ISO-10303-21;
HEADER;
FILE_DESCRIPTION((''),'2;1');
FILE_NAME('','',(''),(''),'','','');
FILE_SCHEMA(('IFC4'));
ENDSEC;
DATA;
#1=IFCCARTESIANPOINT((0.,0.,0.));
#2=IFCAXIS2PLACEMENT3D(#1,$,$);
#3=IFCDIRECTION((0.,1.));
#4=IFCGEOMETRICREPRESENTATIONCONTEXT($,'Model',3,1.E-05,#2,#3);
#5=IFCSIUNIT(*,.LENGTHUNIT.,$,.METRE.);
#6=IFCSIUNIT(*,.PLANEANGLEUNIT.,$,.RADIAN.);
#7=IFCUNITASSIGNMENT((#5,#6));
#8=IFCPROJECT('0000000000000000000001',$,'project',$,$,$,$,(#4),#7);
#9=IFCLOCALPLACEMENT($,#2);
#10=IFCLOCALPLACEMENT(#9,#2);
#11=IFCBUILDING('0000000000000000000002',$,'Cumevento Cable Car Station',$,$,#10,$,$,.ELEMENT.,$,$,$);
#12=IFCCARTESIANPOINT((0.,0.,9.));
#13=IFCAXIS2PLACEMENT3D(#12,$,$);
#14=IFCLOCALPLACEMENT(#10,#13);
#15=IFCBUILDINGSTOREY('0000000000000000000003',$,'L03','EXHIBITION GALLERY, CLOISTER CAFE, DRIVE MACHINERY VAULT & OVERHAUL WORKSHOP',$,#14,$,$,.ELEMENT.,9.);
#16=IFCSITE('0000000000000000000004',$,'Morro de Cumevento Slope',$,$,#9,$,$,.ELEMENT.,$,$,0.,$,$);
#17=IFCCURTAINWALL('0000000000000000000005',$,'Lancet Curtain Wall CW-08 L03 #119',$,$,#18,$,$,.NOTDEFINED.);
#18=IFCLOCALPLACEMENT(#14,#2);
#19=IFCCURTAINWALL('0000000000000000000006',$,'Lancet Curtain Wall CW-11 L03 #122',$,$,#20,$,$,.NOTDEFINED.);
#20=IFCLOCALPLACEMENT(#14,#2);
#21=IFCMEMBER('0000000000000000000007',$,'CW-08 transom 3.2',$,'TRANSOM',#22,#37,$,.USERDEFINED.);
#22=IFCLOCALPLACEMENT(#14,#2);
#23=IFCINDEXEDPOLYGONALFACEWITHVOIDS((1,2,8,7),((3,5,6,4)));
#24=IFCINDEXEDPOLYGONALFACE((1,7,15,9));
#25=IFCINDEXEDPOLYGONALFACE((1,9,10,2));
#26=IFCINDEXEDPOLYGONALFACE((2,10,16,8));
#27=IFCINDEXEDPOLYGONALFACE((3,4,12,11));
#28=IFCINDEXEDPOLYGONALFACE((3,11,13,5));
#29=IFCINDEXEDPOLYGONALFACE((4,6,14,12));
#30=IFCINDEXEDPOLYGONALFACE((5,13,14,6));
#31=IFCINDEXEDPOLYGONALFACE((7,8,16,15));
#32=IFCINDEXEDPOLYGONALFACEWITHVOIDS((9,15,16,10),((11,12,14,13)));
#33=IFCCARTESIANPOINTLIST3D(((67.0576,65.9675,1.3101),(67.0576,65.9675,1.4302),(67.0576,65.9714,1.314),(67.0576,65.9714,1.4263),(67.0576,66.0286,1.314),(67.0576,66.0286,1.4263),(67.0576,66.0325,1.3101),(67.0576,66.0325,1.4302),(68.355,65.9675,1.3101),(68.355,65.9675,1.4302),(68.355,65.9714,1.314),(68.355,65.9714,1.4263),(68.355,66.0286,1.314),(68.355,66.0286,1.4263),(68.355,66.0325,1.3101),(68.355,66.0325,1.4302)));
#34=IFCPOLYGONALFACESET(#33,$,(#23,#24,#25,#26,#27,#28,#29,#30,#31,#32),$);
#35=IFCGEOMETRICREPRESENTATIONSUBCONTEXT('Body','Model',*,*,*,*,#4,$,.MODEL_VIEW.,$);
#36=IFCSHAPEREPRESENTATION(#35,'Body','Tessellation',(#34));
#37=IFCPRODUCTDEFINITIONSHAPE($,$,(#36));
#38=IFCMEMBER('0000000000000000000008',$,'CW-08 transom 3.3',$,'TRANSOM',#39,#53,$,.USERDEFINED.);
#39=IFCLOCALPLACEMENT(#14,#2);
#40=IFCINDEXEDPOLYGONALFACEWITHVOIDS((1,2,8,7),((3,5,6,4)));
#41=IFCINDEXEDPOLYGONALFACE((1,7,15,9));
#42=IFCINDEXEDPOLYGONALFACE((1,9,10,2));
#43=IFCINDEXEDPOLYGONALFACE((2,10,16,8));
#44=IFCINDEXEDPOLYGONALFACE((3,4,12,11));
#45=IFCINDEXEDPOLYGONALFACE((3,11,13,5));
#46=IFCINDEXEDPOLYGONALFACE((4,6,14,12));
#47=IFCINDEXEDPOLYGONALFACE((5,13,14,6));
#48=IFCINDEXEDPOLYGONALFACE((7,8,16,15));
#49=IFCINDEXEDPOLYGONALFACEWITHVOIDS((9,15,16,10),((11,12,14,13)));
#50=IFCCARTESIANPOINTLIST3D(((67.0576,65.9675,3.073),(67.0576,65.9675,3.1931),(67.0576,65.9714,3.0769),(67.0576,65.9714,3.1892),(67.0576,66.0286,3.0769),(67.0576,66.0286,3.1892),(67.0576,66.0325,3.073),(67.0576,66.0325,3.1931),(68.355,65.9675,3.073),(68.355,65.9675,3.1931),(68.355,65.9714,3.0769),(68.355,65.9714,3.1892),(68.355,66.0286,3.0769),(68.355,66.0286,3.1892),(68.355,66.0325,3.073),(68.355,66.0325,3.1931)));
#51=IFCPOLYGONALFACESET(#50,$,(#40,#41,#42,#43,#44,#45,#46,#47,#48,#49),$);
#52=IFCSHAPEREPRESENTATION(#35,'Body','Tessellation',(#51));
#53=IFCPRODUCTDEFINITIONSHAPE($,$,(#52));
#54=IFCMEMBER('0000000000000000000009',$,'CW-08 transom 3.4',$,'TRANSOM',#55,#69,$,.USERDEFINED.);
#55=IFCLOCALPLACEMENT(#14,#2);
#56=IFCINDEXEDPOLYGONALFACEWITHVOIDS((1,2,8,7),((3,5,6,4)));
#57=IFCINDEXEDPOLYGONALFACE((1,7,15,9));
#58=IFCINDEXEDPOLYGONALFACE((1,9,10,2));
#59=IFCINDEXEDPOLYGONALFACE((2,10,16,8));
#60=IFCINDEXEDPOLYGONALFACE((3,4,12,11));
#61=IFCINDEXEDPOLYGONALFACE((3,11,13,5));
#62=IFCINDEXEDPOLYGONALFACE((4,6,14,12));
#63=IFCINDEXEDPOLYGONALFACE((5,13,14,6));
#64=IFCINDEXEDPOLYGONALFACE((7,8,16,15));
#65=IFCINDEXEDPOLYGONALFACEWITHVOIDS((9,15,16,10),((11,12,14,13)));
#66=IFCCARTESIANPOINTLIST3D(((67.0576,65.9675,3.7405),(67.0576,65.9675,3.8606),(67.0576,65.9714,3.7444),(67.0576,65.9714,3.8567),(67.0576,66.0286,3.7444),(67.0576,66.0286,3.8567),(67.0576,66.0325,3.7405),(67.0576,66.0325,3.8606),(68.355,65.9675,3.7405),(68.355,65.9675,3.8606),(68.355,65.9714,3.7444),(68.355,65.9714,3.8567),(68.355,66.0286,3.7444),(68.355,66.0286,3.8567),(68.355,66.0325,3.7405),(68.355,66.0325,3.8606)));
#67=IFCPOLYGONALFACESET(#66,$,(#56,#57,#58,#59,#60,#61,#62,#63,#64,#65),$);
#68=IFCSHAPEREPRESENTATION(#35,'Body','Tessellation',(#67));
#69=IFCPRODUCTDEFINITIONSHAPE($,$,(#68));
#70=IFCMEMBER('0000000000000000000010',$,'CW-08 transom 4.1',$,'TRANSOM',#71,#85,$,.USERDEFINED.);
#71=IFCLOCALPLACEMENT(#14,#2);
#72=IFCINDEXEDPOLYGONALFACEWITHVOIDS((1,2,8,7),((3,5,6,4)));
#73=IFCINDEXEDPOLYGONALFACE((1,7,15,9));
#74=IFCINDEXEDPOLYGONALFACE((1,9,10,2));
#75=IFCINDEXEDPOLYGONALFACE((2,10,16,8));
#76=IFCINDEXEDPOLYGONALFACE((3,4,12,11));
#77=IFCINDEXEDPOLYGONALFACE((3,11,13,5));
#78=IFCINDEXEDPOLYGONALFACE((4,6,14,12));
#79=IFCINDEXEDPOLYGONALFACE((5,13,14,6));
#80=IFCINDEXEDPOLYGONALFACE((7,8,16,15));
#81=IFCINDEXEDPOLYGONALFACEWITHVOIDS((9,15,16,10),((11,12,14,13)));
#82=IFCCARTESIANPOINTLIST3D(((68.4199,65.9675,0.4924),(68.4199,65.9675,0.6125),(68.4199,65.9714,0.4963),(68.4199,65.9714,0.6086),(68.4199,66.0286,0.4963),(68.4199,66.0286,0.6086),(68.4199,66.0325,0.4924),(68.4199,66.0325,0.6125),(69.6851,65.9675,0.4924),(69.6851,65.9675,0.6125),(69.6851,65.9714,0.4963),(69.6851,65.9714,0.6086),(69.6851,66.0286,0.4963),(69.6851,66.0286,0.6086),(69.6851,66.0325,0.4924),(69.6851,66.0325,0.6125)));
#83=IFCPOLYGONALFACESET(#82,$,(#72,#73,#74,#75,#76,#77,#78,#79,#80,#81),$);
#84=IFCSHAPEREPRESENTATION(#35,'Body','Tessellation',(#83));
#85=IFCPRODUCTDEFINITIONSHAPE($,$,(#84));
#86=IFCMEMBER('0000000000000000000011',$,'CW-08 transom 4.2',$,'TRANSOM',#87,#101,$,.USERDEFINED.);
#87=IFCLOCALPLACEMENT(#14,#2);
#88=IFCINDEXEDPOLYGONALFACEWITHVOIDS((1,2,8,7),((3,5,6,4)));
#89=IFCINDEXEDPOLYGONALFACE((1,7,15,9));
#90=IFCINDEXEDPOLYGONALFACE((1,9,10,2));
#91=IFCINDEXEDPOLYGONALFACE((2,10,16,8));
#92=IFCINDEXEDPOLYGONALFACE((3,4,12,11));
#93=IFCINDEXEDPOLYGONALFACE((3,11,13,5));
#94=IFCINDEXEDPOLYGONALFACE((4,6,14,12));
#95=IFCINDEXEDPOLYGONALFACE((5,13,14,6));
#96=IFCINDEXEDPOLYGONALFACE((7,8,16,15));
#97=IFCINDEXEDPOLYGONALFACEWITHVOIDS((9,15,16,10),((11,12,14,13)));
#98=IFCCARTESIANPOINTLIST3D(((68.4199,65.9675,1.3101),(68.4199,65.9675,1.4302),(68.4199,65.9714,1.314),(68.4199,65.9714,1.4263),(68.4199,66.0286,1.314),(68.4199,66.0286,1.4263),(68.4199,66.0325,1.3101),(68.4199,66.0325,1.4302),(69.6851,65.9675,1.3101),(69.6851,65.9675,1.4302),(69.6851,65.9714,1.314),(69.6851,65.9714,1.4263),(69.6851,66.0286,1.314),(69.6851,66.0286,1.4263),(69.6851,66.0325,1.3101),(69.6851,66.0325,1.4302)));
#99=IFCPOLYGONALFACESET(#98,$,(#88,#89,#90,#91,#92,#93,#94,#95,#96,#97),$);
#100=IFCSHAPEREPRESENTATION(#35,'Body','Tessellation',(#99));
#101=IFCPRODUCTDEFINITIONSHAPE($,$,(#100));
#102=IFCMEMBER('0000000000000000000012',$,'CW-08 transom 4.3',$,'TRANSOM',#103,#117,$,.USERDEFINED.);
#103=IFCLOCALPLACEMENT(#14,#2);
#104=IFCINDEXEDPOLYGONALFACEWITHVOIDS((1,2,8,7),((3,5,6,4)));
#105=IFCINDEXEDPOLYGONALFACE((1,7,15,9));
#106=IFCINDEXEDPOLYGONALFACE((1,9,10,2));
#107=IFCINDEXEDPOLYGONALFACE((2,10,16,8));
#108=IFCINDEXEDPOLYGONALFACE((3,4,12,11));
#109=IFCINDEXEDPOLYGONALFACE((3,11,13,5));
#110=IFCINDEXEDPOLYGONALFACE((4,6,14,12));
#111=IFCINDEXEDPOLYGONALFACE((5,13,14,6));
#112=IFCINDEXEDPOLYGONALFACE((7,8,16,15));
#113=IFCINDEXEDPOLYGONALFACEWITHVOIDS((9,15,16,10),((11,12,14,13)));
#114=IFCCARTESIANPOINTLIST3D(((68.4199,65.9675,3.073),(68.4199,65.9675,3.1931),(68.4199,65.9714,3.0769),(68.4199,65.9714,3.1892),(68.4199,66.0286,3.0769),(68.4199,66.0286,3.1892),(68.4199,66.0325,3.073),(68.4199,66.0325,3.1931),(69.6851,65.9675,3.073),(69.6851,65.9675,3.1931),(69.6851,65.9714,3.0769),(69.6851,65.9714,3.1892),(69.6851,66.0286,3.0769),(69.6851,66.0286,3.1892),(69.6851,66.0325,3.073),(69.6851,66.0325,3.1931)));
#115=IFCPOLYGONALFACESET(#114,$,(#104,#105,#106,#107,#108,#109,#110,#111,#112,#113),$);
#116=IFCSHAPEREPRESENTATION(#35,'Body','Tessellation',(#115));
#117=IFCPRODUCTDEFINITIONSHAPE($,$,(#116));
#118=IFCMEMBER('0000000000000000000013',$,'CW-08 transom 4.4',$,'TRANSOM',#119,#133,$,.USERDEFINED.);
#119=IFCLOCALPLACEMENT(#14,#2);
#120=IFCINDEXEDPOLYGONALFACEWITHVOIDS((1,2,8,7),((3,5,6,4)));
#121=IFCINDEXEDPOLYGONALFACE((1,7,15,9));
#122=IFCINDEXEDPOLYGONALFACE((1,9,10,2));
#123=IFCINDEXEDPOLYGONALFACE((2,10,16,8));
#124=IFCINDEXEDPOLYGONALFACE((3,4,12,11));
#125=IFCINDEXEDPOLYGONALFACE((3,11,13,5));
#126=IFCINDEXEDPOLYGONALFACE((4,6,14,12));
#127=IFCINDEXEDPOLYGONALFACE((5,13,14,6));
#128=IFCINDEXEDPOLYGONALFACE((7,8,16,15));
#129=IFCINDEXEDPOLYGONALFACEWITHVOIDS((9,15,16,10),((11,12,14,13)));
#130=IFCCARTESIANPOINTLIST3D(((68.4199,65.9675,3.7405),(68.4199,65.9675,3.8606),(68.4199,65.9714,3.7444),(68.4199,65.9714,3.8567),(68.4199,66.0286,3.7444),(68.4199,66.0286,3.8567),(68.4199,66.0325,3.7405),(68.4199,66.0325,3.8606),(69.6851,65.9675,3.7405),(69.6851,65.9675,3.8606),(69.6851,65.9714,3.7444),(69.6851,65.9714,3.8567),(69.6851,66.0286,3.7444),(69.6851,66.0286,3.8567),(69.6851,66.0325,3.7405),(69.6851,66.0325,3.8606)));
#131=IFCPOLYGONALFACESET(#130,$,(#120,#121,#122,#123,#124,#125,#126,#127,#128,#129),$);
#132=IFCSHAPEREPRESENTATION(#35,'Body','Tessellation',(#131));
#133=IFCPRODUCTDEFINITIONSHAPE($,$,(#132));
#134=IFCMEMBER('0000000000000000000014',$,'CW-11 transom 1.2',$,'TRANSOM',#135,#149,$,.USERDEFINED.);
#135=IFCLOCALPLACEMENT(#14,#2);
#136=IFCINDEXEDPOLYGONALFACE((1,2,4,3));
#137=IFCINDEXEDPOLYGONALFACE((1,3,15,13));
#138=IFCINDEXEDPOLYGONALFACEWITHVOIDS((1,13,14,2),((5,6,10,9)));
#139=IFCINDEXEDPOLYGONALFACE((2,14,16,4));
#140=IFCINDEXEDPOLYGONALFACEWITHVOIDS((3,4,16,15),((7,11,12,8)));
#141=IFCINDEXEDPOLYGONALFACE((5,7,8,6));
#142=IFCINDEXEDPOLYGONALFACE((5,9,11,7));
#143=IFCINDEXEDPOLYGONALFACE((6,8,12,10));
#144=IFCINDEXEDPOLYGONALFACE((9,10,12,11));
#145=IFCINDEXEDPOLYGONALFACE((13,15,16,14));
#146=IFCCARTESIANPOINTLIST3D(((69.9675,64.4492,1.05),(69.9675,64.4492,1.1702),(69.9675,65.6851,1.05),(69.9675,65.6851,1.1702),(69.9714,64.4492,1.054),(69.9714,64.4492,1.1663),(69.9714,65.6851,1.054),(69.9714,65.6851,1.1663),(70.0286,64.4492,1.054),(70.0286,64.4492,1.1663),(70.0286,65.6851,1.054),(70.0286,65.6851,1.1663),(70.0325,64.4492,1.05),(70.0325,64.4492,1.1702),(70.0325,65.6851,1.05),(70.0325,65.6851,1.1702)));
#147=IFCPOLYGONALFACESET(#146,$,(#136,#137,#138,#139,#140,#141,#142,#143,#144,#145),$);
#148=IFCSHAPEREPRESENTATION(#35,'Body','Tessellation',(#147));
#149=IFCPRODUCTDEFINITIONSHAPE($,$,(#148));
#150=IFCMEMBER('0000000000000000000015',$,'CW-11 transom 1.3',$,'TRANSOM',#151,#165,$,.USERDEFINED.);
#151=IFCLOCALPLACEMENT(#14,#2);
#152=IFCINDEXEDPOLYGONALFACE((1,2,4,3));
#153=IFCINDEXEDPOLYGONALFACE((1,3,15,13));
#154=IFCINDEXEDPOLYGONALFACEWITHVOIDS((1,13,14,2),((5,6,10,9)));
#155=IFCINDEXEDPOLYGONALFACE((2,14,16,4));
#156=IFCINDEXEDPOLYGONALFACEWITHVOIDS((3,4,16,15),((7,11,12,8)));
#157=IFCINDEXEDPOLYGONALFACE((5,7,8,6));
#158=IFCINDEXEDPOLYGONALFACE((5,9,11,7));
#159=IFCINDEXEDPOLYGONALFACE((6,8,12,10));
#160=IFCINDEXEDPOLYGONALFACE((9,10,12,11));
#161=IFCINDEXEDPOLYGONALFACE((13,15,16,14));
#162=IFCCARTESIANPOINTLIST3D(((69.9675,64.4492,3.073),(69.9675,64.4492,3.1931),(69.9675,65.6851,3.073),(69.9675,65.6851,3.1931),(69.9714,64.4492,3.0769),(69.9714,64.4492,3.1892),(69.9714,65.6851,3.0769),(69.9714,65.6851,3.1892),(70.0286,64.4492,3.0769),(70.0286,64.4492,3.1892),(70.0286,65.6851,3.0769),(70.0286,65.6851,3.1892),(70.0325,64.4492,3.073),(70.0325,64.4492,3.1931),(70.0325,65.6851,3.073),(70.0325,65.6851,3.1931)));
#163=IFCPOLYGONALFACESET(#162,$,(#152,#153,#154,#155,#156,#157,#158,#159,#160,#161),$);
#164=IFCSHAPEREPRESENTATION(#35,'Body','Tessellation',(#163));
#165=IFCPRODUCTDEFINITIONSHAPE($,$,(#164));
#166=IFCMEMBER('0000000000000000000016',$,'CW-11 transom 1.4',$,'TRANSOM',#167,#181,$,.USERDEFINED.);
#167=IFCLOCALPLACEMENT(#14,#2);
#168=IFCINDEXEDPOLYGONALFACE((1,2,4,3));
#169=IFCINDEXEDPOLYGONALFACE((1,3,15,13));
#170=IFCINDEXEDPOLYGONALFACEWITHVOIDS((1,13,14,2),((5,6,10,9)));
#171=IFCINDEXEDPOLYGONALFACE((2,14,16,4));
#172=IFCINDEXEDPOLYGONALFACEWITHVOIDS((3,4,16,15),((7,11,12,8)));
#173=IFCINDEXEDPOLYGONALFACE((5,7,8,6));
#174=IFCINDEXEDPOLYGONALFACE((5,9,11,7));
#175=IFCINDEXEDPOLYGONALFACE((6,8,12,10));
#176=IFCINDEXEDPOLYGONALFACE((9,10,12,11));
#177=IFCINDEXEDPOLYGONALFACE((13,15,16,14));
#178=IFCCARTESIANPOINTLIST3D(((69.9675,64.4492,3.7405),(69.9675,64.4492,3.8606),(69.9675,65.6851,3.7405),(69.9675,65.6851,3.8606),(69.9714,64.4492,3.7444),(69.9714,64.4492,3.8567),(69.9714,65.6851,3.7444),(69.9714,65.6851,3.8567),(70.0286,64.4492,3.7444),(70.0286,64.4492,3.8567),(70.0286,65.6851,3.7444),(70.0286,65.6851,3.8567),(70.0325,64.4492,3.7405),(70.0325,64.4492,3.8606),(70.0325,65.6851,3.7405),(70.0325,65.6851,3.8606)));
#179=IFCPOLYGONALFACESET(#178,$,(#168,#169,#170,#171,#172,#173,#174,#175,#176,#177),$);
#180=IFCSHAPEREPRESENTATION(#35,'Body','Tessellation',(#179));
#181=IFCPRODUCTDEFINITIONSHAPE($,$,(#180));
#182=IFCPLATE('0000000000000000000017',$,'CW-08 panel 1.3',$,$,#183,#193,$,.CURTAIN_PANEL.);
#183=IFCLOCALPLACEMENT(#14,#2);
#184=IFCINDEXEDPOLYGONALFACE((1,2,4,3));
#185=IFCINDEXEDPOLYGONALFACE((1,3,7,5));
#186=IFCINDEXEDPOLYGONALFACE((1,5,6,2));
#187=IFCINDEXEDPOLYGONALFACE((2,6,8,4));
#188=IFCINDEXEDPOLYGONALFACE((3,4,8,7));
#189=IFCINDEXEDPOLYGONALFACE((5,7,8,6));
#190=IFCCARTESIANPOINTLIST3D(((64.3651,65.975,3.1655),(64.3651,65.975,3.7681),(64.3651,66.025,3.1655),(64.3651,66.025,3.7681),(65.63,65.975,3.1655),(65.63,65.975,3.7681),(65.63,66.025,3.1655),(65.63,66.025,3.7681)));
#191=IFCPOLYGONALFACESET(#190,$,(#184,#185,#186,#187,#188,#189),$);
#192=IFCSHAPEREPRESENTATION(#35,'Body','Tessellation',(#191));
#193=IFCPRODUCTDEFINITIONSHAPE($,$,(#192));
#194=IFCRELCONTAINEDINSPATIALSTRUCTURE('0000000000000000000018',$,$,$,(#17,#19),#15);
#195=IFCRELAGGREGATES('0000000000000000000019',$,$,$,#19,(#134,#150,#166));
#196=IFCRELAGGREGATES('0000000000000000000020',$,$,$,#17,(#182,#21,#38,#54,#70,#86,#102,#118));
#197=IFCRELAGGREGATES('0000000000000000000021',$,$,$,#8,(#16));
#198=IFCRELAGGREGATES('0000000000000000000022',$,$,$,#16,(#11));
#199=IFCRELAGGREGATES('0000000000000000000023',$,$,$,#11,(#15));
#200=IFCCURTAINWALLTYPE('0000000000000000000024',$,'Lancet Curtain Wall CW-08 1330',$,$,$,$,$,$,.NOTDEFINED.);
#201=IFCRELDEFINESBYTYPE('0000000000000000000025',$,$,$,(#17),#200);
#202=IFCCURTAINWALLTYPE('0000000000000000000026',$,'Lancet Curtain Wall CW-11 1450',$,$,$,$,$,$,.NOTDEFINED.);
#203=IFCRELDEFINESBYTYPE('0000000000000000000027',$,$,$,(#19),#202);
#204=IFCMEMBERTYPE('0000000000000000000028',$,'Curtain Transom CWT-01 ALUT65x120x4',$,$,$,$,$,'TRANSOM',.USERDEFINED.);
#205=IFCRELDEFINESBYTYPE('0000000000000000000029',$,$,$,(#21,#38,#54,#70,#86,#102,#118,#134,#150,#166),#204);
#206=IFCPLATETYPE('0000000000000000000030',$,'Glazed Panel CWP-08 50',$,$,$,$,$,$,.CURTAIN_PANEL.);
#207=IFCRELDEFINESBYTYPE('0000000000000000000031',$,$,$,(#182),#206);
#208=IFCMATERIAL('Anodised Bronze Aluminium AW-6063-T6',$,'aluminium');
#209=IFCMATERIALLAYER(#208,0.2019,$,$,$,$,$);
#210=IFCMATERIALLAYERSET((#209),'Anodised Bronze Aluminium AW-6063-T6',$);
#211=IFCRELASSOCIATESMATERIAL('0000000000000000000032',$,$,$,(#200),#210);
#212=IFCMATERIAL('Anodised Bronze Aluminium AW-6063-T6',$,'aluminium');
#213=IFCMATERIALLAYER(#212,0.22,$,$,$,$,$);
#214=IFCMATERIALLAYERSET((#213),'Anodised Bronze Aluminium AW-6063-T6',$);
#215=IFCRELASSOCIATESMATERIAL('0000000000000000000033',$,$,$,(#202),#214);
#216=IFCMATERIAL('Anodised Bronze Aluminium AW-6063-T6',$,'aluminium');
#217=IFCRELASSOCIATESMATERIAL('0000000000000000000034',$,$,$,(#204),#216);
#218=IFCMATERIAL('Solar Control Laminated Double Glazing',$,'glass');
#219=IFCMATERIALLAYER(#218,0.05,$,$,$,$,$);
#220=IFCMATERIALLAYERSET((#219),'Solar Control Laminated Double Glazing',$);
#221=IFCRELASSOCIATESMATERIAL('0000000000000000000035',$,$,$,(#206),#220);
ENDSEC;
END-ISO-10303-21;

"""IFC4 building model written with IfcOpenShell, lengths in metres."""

from ifc_helpers import new_model, si_unit, direction, frame, origin, origin_2d, place, context, subcontext, project, spatial, rectangle, hollow_rectangle, extrude, material, layer, layer_set, material_profile, profile_set, type_object, element, aggregate, save


model = new_model("IFC4")

# Units and contexts
model_context = context("Model", 3, precision=1e-05, world=origin(), true_north=direction((0.0, 1.0)))
body_context = subcontext(model_context, "Body", "Model", "MODEL_VIEW")
ifc_project = project(units=[si_unit("LENGTHUNIT", "METRE"), si_unit("PLANEANGLEUNIT", "RADIAN")], contexts=[model_context])

# Site, building, storey
site_placement = place(None, origin())
site = spatial("IfcSite", under=ifc_project, at=site_placement, Name="Morro de Cumevento Slope", CompositionType="ELEMENT", RefElevation=0.0)
building_placement = place(site_placement, origin())
building = spatial("IfcBuilding", under=site, at=building_placement, Name="Cumevento Cable Car Station", CompositionType="ELEMENT")
storey_placement = place(building_placement, frame((0.0, 0.0, 9.0)))
storey = spatial("IfcBuildingStorey", under=building, at=storey_placement, Name="L03", Description="EXHIBITION GALLERY, CLOISTER CAFE, DRIVE MACHINERY VAULT & OVERHAUL WORKSHOP", CompositionType="ELEMENT", Elevation=9.0)

# Curtain wall
ifc_material_1 = material(Name="Anodised Bronze Aluminium AW-6063-T6", Category="aluminium")
ifc_layer_1 = layer(ifc_material_1, 0.2019)
ifc_layer_set_1 = layer_set([ifc_layer_1], Name="Anodised Bronze Aluminium AW-6063-T6")
curtain_wall_type_1 = type_object("IfcCurtainWallType", Name="Lancet Curtain Wall CW-08 1330", PredefinedType="NOTDEFINED", material=ifc_layer_set_1)
curtain_wall_1_placement = place(storey_placement, origin())
curtain_wall_1 = element("IfcCurtainWall", 1, at=curtain_wall_1_placement, inside=storey, type_object=curtain_wall_type_1, Name="Lancet Curtain Wall CW-08 L03 #119", PredefinedType="NOTDEFINED")

# Curtain wall
ifc_material_2 = material(Name="Anodised Bronze Aluminium AW-6063-T6", Category="aluminium")
ifc_layer_2 = layer(ifc_material_2, 0.22)
ifc_layer_set_2 = layer_set([ifc_layer_2], Name="Anodised Bronze Aluminium AW-6063-T6")
curtain_wall_type_2 = type_object("IfcCurtainWallType", Name="Lancet Curtain Wall CW-11 1450", PredefinedType="NOTDEFINED", material=ifc_layer_set_2)
curtain_wall_2_placement = place(storey_placement, origin())
curtain_wall_2 = element("IfcCurtainWall", 2, at=curtain_wall_2_placement, inside=storey, type_object=curtain_wall_type_2, Name="Lancet Curtain Wall CW-11 L03 #122", PredefinedType="NOTDEFINED")

# Members
ifc_material_3 = material(Name="Anodised Bronze Aluminium AW-6063-T6", Category="aluminium")
ifc_material_profile_1 = material_profile(ifc_material_3, hollow_rectangle(XDim=0.0649, YDim=0.1201, WallThickness=0.0039, at=origin_2d()), Name="ALUT65x120x4")
ifc_profile_set_1 = profile_set([ifc_material_profile_1], Name="Anodised Bronze Aluminium AW-6063-T6")
member_type_1 = type_object("IfcMemberType", Name="Curtain Transom CWT-01 ALUT65x120x4", ElementType="TRANSOM", PredefinedType="USERDEFINED", material=ifc_profile_set_1)
member_1_placement = place(storey_placement, frame((67.0576, 66.0, 1.3701), z_axis=(1.0, 0.0, 0.0), x_axis=(0.0, 1.0, 0.0)))
member_1 = element("IfcMember", 3, at=member_1_placement, type_object=member_type_1, Name="CW-08 transom 3.2", ObjectType="TRANSOM", PredefinedType="USERDEFINED", context=body_context, shape_type="SweptSolid", body=[
    extrude(hollow_rectangle(XDim=0.0649, YDim=0.1201, WallThickness=0.0039, at=origin_2d()), origin(), (0.0, 0.0, 1.0), 1.2974),
])
member_2_placement = place(storey_placement, frame((67.0576, 66.0, 3.1331), z_axis=(1.0, 0.0, 0.0), x_axis=(0.0, 1.0, 0.0)))
member_2 = element("IfcMember", 4, at=member_2_placement, type_object=member_type_1, Name="CW-08 transom 3.3", ObjectType="TRANSOM", PredefinedType="USERDEFINED", context=body_context, shape_type="SweptSolid", body=[
    extrude(hollow_rectangle(XDim=0.0649, YDim=0.1201, WallThickness=0.0039, at=origin_2d()), origin(), (0.0, 0.0, 1.0), 1.2974),
])
member_3_placement = place(storey_placement, frame((67.0576, 66.0, 3.8005), z_axis=(1.0, 0.0, 0.0), x_axis=(0.0, 1.0, 0.0)))
member_3 = element("IfcMember", 5, at=member_3_placement, type_object=member_type_1, Name="CW-08 transom 3.4", ObjectType="TRANSOM", PredefinedType="USERDEFINED", context=body_context, shape_type="SweptSolid", body=[
    extrude(hollow_rectangle(XDim=0.0649, YDim=0.1201, WallThickness=0.0039, at=origin_2d()), origin(), (0.0, 0.0, 1.0), 1.2974),
])
member_4_placement = place(storey_placement, frame((68.4199, 66.0, 0.5525), z_axis=(1.0, 0.0, 0.0), x_axis=(0.0, 1.0, 0.0)))
member_4 = element("IfcMember", 6, at=member_4_placement, type_object=member_type_1, Name="CW-08 transom 4.1", ObjectType="TRANSOM", PredefinedType="USERDEFINED", context=body_context, shape_type="SweptSolid", body=[
    extrude(hollow_rectangle(XDim=0.0649, YDim=0.1201, WallThickness=0.0039, at=origin_2d()), origin(), (0.0, 0.0, 1.0), 1.2651),
])
member_5_placement = place(storey_placement, frame((68.4199, 66.0, 1.3701), z_axis=(1.0, 0.0, 0.0), x_axis=(0.0, 1.0, 0.0)))
member_5 = element("IfcMember", 7, at=member_5_placement, type_object=member_type_1, Name="CW-08 transom 4.2", ObjectType="TRANSOM", PredefinedType="USERDEFINED", context=body_context, shape_type="SweptSolid", body=[
    extrude(hollow_rectangle(XDim=0.0649, YDim=0.1201, WallThickness=0.0039, at=origin_2d()), origin(), (0.0, 0.0, 1.0), 1.2651),
])
member_6_placement = place(storey_placement, frame((68.4199, 66.0, 3.1331), z_axis=(1.0, 0.0, 0.0), x_axis=(0.0, 1.0, 0.0)))
member_6 = element("IfcMember", 8, at=member_6_placement, type_object=member_type_1, Name="CW-08 transom 4.3", ObjectType="TRANSOM", PredefinedType="USERDEFINED", context=body_context, shape_type="SweptSolid", body=[
    extrude(hollow_rectangle(XDim=0.0649, YDim=0.1201, WallThickness=0.0039, at=origin_2d()), origin(), (0.0, 0.0, 1.0), 1.2651),
])
member_7_placement = place(storey_placement, frame((68.4199, 66.0, 3.8005), z_axis=(1.0, 0.0, 0.0), x_axis=(0.0, 1.0, 0.0)))
member_7 = element("IfcMember", 9, at=member_7_placement, type_object=member_type_1, Name="CW-08 transom 4.4", ObjectType="TRANSOM", PredefinedType="USERDEFINED", context=body_context, shape_type="SweptSolid", body=[
    extrude(hollow_rectangle(XDim=0.0649, YDim=0.1201, WallThickness=0.0039, at=origin_2d()), origin(), (0.0, 0.0, 1.0), 1.2651),
])
member_8_placement = place(storey_placement, frame((70.0, 65.6851, 1.1101), z_axis=(0.0, -1.0, 0.0), x_axis=(1.0, 0.0, 0.0)))
member_8 = element("IfcMember", 10, at=member_8_placement, type_object=member_type_1, Name="CW-11 transom 1.2", ObjectType="TRANSOM", PredefinedType="USERDEFINED", context=body_context, shape_type="SweptSolid", body=[
    extrude(hollow_rectangle(XDim=0.0649, YDim=0.1201, WallThickness=0.0039, at=origin_2d()), origin(), (0.0, 0.0, 1.0), 1.2358),
])
member_9_placement = place(storey_placement, frame((70.0, 65.6851, 3.1331), z_axis=(0.0, -1.0, 0.0), x_axis=(1.0, 0.0, 0.0)))
member_9 = element("IfcMember", 11, at=member_9_placement, type_object=member_type_1, Name="CW-11 transom 1.3", ObjectType="TRANSOM", PredefinedType="USERDEFINED", context=body_context, shape_type="SweptSolid", body=[
    extrude(hollow_rectangle(XDim=0.0649, YDim=0.1201, WallThickness=0.0039, at=origin_2d()), origin(), (0.0, 0.0, 1.0), 1.2358),
])
member_10_placement = place(storey_placement, frame((70.0, 65.6851, 3.8005), z_axis=(0.0, -1.0, 0.0), x_axis=(1.0, 0.0, 0.0)))
member_10 = element("IfcMember", 12, at=member_10_placement, type_object=member_type_1, Name="CW-11 transom 1.4", ObjectType="TRANSOM", PredefinedType="USERDEFINED", context=body_context, shape_type="SweptSolid", body=[
    extrude(hollow_rectangle(XDim=0.0649, YDim=0.1201, WallThickness=0.0039, at=origin_2d()), origin(), (0.0, 0.0, 1.0), 1.2358),
])
aggregate(curtain_wall_2, [member_8, member_9, member_10])

# Plate
ifc_material_4 = material(Name="Solar Control Laminated Double Glazing", Category="glass")
ifc_layer_3 = layer(ifc_material_4, 0.05)
ifc_layer_set_3 = layer_set([ifc_layer_3], Name="Solar Control Laminated Double Glazing")
plate_type = type_object("IfcPlateType", Name="Glazed Panel CWP-08 50", PredefinedType="CURTAIN_PANEL", material=ifc_layer_set_3)
plate_1_placement = place(storey_placement, frame((64.9976, 66.0, 3.1655), z_axis=(0.0, 0.0, 1.0), x_axis=(1.0, 0.0, 0.0)))
plate_1 = element("IfcPlate", 13, at=plate_1_placement, type_object=plate_type, Name="CW-08 panel 1.3", PredefinedType="CURTAIN_PANEL", context=body_context, shape_type="SweptSolid", body=[
    extrude(rectangle(XDim=1.2649, YDim=0.05, at=origin_2d()), origin(), (0.0, 0.0, 1.0), 0.6025),
])
aggregate(curtain_wall_1, [plate_1, member_1, member_2, member_3, member_4, member_5, member_6, member_7])

save(model, "model.ifc")
